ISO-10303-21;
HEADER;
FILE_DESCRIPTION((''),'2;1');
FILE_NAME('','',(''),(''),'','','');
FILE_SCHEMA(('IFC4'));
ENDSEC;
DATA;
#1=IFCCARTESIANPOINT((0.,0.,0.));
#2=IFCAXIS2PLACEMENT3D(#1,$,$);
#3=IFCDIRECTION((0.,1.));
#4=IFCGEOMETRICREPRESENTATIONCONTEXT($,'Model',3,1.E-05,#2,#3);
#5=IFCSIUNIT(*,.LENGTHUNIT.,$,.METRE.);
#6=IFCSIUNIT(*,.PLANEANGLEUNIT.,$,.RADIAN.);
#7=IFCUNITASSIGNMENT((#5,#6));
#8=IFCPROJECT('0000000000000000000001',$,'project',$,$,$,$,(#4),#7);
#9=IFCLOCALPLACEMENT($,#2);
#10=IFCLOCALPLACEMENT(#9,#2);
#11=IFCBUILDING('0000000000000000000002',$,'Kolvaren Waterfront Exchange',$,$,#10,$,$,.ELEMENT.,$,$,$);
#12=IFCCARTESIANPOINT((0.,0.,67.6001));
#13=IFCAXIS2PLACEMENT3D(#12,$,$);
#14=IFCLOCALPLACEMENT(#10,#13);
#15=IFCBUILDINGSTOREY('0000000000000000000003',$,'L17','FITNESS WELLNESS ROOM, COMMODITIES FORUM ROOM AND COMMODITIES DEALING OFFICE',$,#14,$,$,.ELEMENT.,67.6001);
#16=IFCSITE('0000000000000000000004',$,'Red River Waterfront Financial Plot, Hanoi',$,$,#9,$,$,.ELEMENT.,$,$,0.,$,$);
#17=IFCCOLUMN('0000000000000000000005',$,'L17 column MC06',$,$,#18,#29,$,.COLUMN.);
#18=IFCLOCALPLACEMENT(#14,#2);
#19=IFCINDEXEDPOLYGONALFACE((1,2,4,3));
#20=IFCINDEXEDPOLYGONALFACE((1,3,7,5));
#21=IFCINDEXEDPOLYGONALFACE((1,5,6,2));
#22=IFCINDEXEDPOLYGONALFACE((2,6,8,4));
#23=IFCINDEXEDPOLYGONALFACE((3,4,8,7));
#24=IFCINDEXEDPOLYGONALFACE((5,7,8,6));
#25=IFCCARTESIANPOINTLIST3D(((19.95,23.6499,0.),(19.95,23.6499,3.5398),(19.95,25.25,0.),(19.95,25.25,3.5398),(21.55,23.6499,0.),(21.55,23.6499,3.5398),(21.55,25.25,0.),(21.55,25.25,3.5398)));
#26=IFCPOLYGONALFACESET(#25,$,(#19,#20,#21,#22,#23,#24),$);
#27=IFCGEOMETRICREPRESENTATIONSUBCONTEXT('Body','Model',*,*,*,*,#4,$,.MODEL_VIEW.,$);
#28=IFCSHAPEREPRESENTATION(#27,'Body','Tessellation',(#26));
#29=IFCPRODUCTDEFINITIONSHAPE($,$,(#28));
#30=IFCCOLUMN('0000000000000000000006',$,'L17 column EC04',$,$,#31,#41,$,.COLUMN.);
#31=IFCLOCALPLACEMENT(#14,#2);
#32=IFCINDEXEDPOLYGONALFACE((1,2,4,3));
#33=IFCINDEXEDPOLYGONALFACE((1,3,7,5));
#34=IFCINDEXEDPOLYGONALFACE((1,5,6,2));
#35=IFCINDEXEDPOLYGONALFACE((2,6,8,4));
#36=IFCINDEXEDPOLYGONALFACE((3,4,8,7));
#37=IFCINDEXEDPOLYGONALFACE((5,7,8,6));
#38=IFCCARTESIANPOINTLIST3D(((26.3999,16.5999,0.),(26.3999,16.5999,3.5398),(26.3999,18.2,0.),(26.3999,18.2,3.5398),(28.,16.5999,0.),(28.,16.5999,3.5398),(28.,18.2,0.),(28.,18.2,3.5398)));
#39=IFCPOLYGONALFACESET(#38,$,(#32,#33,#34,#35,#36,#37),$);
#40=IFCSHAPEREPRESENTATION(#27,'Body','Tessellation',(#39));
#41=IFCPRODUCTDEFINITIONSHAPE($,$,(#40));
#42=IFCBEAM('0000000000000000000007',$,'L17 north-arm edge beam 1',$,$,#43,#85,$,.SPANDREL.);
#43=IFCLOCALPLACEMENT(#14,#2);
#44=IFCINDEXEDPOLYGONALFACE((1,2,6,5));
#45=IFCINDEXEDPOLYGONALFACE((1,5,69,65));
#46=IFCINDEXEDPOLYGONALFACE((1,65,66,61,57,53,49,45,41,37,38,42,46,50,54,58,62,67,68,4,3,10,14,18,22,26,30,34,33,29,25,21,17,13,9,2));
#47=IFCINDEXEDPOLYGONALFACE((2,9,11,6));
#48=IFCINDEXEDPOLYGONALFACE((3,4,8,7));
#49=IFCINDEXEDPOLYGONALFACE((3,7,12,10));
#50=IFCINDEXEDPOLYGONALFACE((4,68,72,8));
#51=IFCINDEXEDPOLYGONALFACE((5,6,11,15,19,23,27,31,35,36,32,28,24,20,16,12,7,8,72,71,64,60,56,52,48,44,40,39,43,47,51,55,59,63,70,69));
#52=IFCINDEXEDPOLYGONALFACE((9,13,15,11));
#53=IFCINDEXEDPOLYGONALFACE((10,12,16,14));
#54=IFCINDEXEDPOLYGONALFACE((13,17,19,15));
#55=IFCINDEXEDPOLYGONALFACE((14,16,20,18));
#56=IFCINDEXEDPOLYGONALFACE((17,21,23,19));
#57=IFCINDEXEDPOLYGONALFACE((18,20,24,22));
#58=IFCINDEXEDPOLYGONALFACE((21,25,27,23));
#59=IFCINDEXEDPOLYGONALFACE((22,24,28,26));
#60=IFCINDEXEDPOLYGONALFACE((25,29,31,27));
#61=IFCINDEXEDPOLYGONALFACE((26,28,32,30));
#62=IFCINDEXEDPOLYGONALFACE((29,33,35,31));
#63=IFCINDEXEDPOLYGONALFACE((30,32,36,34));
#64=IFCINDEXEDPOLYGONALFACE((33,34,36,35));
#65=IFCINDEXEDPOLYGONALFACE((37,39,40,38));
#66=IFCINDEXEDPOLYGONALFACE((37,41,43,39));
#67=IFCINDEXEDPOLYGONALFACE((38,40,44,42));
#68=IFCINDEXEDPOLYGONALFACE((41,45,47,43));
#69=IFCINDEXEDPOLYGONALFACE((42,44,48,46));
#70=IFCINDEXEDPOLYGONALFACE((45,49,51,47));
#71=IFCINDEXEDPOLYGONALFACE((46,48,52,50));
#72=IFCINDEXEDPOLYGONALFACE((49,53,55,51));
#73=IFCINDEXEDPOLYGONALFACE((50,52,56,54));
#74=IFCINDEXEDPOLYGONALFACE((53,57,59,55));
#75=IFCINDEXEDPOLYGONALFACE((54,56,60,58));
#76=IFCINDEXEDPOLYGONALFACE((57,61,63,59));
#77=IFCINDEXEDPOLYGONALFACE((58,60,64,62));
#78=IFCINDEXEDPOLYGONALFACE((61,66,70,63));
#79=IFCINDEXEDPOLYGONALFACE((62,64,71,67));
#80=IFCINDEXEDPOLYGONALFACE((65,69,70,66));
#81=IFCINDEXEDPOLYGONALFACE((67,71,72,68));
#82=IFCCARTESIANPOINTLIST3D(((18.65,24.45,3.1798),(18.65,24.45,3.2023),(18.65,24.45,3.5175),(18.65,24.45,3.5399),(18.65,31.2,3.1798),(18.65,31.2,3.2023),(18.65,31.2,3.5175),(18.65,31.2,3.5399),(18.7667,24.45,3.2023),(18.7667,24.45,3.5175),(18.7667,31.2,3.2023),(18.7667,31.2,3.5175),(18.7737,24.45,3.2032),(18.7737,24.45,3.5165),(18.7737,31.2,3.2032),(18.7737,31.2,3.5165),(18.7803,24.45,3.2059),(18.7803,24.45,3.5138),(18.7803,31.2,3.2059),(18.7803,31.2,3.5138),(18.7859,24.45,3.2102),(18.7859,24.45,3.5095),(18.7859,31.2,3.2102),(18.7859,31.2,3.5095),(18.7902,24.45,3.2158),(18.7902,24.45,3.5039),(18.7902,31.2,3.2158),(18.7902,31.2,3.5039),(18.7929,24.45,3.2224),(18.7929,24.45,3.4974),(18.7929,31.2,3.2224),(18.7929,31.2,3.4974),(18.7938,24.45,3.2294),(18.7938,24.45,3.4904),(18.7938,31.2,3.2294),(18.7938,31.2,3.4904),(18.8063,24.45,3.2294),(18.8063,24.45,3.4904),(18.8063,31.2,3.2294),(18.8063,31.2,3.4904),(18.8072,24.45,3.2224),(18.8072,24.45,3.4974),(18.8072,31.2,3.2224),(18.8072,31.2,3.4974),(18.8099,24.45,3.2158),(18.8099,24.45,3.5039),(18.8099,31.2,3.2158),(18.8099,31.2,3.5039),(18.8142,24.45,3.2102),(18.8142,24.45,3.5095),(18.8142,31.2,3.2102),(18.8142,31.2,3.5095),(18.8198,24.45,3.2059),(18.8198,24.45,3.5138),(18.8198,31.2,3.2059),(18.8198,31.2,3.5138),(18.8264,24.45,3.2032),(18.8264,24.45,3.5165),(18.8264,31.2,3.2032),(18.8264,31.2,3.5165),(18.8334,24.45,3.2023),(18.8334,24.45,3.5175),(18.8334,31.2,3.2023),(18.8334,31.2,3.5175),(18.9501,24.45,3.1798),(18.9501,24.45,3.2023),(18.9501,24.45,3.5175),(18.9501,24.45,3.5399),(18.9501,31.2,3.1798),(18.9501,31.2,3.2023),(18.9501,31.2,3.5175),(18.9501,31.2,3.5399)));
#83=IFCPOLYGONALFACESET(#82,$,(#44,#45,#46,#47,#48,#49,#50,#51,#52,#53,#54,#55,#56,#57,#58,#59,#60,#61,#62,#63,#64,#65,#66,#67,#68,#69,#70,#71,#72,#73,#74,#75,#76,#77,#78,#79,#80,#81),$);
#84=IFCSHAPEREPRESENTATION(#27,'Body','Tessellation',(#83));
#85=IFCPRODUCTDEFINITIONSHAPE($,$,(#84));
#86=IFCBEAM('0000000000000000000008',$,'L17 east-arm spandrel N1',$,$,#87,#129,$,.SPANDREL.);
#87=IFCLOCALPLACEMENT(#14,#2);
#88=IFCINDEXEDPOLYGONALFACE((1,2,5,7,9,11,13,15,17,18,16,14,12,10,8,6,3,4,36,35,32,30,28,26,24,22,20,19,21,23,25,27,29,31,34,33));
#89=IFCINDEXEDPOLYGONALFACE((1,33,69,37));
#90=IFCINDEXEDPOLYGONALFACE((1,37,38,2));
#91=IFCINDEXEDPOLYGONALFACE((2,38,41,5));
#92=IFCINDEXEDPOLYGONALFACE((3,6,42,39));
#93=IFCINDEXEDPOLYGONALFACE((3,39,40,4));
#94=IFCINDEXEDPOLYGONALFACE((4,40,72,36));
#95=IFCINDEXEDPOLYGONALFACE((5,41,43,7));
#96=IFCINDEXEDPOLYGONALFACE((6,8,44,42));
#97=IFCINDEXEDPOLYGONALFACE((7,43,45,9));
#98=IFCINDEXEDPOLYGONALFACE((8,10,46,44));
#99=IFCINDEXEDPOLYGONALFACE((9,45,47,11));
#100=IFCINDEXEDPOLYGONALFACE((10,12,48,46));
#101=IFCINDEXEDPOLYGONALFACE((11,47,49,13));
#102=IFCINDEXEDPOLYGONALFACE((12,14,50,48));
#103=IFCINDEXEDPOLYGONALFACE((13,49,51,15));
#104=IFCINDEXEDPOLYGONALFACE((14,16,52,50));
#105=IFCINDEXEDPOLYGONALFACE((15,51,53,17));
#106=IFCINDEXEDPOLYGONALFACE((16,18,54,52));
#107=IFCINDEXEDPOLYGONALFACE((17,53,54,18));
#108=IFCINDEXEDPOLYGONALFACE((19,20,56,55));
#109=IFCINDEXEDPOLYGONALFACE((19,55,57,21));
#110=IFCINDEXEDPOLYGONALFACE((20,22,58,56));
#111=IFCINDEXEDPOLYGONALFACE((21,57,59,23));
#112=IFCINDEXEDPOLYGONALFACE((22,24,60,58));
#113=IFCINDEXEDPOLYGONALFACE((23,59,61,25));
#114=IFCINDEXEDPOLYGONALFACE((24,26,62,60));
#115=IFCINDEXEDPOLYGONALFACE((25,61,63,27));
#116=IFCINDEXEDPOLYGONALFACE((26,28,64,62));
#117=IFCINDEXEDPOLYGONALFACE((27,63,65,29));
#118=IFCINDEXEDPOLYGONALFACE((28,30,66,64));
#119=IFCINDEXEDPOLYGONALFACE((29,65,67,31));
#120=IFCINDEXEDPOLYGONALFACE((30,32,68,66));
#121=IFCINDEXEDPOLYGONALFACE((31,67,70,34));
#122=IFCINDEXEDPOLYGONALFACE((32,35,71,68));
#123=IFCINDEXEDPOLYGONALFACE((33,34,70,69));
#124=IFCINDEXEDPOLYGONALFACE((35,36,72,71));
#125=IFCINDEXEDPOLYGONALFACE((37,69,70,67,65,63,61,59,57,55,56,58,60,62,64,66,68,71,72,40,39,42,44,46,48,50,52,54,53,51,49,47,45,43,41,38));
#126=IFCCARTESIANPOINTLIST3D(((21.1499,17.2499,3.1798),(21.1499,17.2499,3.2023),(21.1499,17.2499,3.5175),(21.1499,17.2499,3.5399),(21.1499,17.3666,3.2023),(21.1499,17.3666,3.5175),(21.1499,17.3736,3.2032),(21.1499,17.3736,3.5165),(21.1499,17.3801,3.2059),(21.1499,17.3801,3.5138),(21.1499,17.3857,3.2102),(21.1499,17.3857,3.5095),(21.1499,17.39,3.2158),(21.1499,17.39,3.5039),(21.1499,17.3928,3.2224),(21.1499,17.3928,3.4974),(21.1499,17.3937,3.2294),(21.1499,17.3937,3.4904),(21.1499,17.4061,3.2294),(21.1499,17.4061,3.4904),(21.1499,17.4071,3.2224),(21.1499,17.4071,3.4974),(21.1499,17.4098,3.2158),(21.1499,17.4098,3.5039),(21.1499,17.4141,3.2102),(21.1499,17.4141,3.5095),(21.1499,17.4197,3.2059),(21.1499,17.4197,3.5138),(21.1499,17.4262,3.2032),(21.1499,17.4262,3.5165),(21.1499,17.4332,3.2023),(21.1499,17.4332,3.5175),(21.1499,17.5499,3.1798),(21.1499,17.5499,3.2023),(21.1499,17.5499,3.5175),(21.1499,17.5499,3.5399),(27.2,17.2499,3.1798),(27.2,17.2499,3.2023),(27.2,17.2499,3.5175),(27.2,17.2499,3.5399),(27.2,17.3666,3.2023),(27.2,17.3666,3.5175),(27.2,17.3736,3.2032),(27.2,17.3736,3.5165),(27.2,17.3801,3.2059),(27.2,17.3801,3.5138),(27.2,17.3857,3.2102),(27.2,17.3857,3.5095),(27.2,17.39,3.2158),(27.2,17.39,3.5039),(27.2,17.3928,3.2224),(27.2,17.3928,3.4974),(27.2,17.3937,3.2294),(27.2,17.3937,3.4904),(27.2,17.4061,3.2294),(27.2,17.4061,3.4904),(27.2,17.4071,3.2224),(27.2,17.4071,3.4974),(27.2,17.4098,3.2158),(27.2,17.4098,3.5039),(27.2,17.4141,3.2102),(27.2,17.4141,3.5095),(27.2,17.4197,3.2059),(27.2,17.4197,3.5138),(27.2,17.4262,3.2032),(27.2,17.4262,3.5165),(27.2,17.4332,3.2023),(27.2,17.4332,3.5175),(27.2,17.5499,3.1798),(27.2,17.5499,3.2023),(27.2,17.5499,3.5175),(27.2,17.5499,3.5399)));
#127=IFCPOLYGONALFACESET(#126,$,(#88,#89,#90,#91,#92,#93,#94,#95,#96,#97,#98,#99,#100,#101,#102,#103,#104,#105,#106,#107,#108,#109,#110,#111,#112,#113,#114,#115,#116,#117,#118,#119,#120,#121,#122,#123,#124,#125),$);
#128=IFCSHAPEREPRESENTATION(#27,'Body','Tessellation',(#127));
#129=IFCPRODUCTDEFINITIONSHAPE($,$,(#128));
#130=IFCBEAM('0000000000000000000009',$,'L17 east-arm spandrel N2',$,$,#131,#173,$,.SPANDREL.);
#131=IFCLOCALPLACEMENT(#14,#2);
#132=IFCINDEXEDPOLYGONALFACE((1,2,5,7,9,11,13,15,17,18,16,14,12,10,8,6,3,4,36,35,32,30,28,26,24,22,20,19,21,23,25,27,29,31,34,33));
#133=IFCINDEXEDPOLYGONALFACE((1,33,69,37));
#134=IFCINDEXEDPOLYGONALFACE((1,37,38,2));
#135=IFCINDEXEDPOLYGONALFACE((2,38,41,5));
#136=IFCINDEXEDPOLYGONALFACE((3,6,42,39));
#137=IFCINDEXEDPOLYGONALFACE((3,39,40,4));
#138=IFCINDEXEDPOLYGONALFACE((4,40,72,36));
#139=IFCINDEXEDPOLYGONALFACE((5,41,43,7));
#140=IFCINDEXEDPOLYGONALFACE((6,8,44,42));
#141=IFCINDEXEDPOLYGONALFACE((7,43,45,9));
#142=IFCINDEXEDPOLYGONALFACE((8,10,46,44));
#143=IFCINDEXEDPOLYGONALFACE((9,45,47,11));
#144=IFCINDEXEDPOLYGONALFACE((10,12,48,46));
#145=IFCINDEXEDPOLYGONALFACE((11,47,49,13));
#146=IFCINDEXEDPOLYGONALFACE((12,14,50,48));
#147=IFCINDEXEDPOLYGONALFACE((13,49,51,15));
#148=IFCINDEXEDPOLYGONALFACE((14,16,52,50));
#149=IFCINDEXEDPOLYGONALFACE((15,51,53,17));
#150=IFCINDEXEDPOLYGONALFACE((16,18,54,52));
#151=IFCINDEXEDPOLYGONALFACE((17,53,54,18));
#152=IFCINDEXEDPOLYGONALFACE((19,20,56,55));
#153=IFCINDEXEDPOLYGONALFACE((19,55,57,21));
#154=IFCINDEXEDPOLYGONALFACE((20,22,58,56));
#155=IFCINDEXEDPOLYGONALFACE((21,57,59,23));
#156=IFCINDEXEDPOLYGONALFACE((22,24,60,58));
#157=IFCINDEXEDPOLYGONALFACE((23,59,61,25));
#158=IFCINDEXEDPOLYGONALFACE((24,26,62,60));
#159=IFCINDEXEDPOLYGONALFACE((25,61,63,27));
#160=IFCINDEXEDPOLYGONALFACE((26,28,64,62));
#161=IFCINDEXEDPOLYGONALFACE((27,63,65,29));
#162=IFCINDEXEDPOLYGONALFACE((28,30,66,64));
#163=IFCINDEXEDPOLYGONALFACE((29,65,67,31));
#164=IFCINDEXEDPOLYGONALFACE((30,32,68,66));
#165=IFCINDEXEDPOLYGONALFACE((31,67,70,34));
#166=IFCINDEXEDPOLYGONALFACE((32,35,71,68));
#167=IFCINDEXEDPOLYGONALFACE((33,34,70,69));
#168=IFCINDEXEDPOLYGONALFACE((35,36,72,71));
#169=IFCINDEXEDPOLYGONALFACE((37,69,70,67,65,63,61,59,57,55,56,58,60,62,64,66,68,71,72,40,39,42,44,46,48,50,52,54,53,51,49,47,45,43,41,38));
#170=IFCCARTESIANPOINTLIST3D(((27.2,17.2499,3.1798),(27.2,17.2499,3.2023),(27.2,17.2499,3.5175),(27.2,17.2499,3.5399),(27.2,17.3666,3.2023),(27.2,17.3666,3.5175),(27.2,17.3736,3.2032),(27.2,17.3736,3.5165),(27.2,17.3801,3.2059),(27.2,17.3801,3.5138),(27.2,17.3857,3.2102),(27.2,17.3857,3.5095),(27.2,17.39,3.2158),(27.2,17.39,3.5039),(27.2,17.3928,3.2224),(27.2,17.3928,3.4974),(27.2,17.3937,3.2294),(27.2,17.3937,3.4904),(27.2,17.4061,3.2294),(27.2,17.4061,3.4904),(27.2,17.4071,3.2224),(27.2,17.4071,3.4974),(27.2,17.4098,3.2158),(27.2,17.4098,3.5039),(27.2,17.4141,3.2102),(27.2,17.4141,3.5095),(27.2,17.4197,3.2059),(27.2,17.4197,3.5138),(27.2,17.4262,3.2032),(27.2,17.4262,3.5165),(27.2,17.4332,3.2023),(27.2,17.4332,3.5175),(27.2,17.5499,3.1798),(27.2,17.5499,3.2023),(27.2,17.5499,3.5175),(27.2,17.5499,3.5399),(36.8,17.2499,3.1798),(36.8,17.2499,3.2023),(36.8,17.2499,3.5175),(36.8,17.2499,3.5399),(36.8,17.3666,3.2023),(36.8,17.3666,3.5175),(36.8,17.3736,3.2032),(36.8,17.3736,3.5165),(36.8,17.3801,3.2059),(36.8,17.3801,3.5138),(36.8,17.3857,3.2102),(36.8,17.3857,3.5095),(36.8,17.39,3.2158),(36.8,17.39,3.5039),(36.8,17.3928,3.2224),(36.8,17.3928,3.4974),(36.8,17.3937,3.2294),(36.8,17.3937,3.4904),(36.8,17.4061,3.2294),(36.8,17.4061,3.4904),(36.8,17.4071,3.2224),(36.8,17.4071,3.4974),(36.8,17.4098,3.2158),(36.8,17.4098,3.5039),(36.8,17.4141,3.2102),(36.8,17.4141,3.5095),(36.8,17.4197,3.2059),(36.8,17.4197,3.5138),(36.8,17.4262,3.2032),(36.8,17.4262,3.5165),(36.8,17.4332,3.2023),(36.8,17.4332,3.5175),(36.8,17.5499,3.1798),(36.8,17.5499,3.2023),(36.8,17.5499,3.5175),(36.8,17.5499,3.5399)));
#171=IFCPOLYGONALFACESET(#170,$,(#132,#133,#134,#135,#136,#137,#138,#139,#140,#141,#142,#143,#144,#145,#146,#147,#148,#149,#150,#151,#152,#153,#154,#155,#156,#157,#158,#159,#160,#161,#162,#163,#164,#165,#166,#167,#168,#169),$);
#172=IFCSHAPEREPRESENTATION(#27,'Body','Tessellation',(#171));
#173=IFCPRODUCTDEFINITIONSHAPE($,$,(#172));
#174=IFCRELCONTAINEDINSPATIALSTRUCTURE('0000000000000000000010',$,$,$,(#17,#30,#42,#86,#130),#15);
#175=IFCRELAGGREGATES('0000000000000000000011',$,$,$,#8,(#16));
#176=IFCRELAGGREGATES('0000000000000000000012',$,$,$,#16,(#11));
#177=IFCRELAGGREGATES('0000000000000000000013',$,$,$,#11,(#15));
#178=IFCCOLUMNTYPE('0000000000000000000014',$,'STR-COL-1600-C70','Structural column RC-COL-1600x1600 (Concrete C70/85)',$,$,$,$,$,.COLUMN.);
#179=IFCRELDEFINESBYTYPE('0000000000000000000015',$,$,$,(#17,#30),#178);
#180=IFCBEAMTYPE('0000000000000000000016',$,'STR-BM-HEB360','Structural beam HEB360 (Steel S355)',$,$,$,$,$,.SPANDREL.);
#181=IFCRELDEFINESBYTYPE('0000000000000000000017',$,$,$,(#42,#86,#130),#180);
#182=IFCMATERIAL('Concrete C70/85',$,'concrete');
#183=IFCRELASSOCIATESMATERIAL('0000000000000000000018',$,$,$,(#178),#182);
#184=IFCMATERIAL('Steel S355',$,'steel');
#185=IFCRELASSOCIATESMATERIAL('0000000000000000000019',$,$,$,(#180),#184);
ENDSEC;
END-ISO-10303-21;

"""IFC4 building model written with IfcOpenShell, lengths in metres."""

from ifc_helpers import new_model, si_unit, direction, frame, origin, origin_2d, place, context, subcontext, project, spatial, rectangle, i_section, extrude, material, material_profile, profile_set, type_object, element, save


model = new_model("IFC4")

# Units and contexts
model_context = context("Model", 3, precision=1e-05, world=origin(), true_north=direction((0.0, 1.0)))
body_context = subcontext(model_context, "Body", "Model", "MODEL_VIEW")
ifc_project = project(units=[si_unit("LENGTHUNIT", "METRE"), si_unit("PLANEANGLEUNIT", "RADIAN")], contexts=[model_context])

# Site, building, storey
site_placement = place(None, origin())
site = spatial("IfcSite", under=ifc_project, at=site_placement, Name="Red River Waterfront Financial Plot, Hanoi", CompositionType="ELEMENT", RefElevation=0.0)
building_placement = place(site_placement, origin())
building = spatial("IfcBuilding", under=site, at=building_placement, Name="Kolvaren Waterfront Exchange", CompositionType="ELEMENT")
storey_placement = place(building_placement, frame((0.0, 0.0, 67.6001)))
storey = spatial("IfcBuildingStorey", under=building, at=storey_placement, Name="L17", Description="FITNESS WELLNESS ROOM, COMMODITIES FORUM ROOM AND COMMODITIES DEALING OFFICE", CompositionType="ELEMENT", Elevation=67.6001)

# Columns
ifc_material_1 = material(Name="Concrete C70/85", Category="concrete")
ifc_material_profile_1 = material_profile(ifc_material_1, rectangle(XDim=1.6001, YDim=1.6001, at=origin_2d()), Name="RC-COL-1600x1600")
ifc_profile_set_1 = profile_set([ifc_material_profile_1], Name="Concrete C70/85")
column_type = type_object("IfcColumnType", Name="STR-COL-1600-C70", Description="Structural column RC-COL-1600x1600 (Concrete C70/85)", PredefinedType="COLUMN", material=ifc_profile_set_1)
for number, where, z_axis, x_axis, name in (
    (1, (20.75, 24.45, 0.0), (0.0, 0.0, 1.0), (1.0, 0.0, 0.0), "L17 column MC06"),
    (2, (27.2, 17.3999, 0.0), (0.0, 0.0, 1.0), (1.0, 0.0, 0.0), "L17 column EC04"),
):
    element("IfcColumn", number, at=place(storey_placement, frame(where, z_axis=z_axis, x_axis=x_axis)), inside=storey, type_object=column_type, Name=name, PredefinedType="COLUMN", context=body_context, shape_type="SweptSolid", body=[
        extrude(rectangle(XDim=1.6001, YDim=1.6001, at=origin_2d()), origin(), (0.0, 0.0, 1.0), 3.5398),
    ])

# Beams
ifc_material_2 = material(Name="Steel S355", Category="steel")
ifc_material_profile_2 = material_profile(ifc_material_2, i_section(OverallWidth=0.3, OverallDepth=0.3601, WebThickness=0.0125, FlangeThickness=0.0225, FilletRadius=0.0271, at=origin_2d()), Name="HEB360")
ifc_profile_set_2 = profile_set([ifc_material_profile_2], Name="Steel S355")
beam_type_1 = type_object("IfcBeamType", Name="STR-BM-HEB360", Description="Structural beam HEB360 (Steel S355)", PredefinedType="SPANDREL", material=ifc_profile_set_2)
beam_1_placement = place(storey_placement, frame((18.8, 24.45, 3.3599), z_axis=(0.0, 1.0, 0.0), x_axis=(-1.0, 0.0, 0.0)))
element("IfcBeam", 3, at=beam_1_placement, inside=storey, type_object=beam_type_1, Name="L17 north-arm edge beam 1", PredefinedType="SPANDREL", context=body_context, shape_type="SweptSolid", body=[
    extrude(i_section(OverallWidth=0.3, OverallDepth=0.3601, WebThickness=0.0125, FlangeThickness=0.0225, FilletRadius=0.0271, at=origin_2d()), origin(), (0.0, 0.0, 1.0), 6.75),
])
beam_2_placement = place(storey_placement, frame((21.1499, 17.3999, 3.3599), z_axis=(1.0, 0.0, 0.0), x_axis=(0.0, 1.0, 0.0)))
element("IfcBeam", 4, at=beam_2_placement, inside=storey, type_object=beam_type_1, Name="L17 east-arm spandrel N1", PredefinedType="SPANDREL", context=body_context, shape_type="SweptSolid", body=[
    extrude(i_section(OverallWidth=0.3, OverallDepth=0.3601, WebThickness=0.0125, FlangeThickness=0.0225, FilletRadius=0.0271, at=origin_2d()), origin(), (0.0, 0.0, 1.0), 6.05),
])
beam_3_placement = place(storey_placement, frame((27.2, 17.3999, 3.3599), z_axis=(1.0, 0.0, 0.0), x_axis=(0.0, 1.0, 0.0)))
element("IfcBeam", 5, at=beam_3_placement, inside=storey, type_object=beam_type_1, Name="L17 east-arm spandrel N2", PredefinedType="SPANDREL", context=body_context, shape_type="SweptSolid", body=[
    extrude(i_section(OverallWidth=0.3, OverallDepth=0.3601, WebThickness=0.0125, FlangeThickness=0.0225, FilletRadius=0.0271, at=origin_2d()), origin(), (0.0, 0.0, 1.0), 9.6001),
])

save(model, "model.ifc")
